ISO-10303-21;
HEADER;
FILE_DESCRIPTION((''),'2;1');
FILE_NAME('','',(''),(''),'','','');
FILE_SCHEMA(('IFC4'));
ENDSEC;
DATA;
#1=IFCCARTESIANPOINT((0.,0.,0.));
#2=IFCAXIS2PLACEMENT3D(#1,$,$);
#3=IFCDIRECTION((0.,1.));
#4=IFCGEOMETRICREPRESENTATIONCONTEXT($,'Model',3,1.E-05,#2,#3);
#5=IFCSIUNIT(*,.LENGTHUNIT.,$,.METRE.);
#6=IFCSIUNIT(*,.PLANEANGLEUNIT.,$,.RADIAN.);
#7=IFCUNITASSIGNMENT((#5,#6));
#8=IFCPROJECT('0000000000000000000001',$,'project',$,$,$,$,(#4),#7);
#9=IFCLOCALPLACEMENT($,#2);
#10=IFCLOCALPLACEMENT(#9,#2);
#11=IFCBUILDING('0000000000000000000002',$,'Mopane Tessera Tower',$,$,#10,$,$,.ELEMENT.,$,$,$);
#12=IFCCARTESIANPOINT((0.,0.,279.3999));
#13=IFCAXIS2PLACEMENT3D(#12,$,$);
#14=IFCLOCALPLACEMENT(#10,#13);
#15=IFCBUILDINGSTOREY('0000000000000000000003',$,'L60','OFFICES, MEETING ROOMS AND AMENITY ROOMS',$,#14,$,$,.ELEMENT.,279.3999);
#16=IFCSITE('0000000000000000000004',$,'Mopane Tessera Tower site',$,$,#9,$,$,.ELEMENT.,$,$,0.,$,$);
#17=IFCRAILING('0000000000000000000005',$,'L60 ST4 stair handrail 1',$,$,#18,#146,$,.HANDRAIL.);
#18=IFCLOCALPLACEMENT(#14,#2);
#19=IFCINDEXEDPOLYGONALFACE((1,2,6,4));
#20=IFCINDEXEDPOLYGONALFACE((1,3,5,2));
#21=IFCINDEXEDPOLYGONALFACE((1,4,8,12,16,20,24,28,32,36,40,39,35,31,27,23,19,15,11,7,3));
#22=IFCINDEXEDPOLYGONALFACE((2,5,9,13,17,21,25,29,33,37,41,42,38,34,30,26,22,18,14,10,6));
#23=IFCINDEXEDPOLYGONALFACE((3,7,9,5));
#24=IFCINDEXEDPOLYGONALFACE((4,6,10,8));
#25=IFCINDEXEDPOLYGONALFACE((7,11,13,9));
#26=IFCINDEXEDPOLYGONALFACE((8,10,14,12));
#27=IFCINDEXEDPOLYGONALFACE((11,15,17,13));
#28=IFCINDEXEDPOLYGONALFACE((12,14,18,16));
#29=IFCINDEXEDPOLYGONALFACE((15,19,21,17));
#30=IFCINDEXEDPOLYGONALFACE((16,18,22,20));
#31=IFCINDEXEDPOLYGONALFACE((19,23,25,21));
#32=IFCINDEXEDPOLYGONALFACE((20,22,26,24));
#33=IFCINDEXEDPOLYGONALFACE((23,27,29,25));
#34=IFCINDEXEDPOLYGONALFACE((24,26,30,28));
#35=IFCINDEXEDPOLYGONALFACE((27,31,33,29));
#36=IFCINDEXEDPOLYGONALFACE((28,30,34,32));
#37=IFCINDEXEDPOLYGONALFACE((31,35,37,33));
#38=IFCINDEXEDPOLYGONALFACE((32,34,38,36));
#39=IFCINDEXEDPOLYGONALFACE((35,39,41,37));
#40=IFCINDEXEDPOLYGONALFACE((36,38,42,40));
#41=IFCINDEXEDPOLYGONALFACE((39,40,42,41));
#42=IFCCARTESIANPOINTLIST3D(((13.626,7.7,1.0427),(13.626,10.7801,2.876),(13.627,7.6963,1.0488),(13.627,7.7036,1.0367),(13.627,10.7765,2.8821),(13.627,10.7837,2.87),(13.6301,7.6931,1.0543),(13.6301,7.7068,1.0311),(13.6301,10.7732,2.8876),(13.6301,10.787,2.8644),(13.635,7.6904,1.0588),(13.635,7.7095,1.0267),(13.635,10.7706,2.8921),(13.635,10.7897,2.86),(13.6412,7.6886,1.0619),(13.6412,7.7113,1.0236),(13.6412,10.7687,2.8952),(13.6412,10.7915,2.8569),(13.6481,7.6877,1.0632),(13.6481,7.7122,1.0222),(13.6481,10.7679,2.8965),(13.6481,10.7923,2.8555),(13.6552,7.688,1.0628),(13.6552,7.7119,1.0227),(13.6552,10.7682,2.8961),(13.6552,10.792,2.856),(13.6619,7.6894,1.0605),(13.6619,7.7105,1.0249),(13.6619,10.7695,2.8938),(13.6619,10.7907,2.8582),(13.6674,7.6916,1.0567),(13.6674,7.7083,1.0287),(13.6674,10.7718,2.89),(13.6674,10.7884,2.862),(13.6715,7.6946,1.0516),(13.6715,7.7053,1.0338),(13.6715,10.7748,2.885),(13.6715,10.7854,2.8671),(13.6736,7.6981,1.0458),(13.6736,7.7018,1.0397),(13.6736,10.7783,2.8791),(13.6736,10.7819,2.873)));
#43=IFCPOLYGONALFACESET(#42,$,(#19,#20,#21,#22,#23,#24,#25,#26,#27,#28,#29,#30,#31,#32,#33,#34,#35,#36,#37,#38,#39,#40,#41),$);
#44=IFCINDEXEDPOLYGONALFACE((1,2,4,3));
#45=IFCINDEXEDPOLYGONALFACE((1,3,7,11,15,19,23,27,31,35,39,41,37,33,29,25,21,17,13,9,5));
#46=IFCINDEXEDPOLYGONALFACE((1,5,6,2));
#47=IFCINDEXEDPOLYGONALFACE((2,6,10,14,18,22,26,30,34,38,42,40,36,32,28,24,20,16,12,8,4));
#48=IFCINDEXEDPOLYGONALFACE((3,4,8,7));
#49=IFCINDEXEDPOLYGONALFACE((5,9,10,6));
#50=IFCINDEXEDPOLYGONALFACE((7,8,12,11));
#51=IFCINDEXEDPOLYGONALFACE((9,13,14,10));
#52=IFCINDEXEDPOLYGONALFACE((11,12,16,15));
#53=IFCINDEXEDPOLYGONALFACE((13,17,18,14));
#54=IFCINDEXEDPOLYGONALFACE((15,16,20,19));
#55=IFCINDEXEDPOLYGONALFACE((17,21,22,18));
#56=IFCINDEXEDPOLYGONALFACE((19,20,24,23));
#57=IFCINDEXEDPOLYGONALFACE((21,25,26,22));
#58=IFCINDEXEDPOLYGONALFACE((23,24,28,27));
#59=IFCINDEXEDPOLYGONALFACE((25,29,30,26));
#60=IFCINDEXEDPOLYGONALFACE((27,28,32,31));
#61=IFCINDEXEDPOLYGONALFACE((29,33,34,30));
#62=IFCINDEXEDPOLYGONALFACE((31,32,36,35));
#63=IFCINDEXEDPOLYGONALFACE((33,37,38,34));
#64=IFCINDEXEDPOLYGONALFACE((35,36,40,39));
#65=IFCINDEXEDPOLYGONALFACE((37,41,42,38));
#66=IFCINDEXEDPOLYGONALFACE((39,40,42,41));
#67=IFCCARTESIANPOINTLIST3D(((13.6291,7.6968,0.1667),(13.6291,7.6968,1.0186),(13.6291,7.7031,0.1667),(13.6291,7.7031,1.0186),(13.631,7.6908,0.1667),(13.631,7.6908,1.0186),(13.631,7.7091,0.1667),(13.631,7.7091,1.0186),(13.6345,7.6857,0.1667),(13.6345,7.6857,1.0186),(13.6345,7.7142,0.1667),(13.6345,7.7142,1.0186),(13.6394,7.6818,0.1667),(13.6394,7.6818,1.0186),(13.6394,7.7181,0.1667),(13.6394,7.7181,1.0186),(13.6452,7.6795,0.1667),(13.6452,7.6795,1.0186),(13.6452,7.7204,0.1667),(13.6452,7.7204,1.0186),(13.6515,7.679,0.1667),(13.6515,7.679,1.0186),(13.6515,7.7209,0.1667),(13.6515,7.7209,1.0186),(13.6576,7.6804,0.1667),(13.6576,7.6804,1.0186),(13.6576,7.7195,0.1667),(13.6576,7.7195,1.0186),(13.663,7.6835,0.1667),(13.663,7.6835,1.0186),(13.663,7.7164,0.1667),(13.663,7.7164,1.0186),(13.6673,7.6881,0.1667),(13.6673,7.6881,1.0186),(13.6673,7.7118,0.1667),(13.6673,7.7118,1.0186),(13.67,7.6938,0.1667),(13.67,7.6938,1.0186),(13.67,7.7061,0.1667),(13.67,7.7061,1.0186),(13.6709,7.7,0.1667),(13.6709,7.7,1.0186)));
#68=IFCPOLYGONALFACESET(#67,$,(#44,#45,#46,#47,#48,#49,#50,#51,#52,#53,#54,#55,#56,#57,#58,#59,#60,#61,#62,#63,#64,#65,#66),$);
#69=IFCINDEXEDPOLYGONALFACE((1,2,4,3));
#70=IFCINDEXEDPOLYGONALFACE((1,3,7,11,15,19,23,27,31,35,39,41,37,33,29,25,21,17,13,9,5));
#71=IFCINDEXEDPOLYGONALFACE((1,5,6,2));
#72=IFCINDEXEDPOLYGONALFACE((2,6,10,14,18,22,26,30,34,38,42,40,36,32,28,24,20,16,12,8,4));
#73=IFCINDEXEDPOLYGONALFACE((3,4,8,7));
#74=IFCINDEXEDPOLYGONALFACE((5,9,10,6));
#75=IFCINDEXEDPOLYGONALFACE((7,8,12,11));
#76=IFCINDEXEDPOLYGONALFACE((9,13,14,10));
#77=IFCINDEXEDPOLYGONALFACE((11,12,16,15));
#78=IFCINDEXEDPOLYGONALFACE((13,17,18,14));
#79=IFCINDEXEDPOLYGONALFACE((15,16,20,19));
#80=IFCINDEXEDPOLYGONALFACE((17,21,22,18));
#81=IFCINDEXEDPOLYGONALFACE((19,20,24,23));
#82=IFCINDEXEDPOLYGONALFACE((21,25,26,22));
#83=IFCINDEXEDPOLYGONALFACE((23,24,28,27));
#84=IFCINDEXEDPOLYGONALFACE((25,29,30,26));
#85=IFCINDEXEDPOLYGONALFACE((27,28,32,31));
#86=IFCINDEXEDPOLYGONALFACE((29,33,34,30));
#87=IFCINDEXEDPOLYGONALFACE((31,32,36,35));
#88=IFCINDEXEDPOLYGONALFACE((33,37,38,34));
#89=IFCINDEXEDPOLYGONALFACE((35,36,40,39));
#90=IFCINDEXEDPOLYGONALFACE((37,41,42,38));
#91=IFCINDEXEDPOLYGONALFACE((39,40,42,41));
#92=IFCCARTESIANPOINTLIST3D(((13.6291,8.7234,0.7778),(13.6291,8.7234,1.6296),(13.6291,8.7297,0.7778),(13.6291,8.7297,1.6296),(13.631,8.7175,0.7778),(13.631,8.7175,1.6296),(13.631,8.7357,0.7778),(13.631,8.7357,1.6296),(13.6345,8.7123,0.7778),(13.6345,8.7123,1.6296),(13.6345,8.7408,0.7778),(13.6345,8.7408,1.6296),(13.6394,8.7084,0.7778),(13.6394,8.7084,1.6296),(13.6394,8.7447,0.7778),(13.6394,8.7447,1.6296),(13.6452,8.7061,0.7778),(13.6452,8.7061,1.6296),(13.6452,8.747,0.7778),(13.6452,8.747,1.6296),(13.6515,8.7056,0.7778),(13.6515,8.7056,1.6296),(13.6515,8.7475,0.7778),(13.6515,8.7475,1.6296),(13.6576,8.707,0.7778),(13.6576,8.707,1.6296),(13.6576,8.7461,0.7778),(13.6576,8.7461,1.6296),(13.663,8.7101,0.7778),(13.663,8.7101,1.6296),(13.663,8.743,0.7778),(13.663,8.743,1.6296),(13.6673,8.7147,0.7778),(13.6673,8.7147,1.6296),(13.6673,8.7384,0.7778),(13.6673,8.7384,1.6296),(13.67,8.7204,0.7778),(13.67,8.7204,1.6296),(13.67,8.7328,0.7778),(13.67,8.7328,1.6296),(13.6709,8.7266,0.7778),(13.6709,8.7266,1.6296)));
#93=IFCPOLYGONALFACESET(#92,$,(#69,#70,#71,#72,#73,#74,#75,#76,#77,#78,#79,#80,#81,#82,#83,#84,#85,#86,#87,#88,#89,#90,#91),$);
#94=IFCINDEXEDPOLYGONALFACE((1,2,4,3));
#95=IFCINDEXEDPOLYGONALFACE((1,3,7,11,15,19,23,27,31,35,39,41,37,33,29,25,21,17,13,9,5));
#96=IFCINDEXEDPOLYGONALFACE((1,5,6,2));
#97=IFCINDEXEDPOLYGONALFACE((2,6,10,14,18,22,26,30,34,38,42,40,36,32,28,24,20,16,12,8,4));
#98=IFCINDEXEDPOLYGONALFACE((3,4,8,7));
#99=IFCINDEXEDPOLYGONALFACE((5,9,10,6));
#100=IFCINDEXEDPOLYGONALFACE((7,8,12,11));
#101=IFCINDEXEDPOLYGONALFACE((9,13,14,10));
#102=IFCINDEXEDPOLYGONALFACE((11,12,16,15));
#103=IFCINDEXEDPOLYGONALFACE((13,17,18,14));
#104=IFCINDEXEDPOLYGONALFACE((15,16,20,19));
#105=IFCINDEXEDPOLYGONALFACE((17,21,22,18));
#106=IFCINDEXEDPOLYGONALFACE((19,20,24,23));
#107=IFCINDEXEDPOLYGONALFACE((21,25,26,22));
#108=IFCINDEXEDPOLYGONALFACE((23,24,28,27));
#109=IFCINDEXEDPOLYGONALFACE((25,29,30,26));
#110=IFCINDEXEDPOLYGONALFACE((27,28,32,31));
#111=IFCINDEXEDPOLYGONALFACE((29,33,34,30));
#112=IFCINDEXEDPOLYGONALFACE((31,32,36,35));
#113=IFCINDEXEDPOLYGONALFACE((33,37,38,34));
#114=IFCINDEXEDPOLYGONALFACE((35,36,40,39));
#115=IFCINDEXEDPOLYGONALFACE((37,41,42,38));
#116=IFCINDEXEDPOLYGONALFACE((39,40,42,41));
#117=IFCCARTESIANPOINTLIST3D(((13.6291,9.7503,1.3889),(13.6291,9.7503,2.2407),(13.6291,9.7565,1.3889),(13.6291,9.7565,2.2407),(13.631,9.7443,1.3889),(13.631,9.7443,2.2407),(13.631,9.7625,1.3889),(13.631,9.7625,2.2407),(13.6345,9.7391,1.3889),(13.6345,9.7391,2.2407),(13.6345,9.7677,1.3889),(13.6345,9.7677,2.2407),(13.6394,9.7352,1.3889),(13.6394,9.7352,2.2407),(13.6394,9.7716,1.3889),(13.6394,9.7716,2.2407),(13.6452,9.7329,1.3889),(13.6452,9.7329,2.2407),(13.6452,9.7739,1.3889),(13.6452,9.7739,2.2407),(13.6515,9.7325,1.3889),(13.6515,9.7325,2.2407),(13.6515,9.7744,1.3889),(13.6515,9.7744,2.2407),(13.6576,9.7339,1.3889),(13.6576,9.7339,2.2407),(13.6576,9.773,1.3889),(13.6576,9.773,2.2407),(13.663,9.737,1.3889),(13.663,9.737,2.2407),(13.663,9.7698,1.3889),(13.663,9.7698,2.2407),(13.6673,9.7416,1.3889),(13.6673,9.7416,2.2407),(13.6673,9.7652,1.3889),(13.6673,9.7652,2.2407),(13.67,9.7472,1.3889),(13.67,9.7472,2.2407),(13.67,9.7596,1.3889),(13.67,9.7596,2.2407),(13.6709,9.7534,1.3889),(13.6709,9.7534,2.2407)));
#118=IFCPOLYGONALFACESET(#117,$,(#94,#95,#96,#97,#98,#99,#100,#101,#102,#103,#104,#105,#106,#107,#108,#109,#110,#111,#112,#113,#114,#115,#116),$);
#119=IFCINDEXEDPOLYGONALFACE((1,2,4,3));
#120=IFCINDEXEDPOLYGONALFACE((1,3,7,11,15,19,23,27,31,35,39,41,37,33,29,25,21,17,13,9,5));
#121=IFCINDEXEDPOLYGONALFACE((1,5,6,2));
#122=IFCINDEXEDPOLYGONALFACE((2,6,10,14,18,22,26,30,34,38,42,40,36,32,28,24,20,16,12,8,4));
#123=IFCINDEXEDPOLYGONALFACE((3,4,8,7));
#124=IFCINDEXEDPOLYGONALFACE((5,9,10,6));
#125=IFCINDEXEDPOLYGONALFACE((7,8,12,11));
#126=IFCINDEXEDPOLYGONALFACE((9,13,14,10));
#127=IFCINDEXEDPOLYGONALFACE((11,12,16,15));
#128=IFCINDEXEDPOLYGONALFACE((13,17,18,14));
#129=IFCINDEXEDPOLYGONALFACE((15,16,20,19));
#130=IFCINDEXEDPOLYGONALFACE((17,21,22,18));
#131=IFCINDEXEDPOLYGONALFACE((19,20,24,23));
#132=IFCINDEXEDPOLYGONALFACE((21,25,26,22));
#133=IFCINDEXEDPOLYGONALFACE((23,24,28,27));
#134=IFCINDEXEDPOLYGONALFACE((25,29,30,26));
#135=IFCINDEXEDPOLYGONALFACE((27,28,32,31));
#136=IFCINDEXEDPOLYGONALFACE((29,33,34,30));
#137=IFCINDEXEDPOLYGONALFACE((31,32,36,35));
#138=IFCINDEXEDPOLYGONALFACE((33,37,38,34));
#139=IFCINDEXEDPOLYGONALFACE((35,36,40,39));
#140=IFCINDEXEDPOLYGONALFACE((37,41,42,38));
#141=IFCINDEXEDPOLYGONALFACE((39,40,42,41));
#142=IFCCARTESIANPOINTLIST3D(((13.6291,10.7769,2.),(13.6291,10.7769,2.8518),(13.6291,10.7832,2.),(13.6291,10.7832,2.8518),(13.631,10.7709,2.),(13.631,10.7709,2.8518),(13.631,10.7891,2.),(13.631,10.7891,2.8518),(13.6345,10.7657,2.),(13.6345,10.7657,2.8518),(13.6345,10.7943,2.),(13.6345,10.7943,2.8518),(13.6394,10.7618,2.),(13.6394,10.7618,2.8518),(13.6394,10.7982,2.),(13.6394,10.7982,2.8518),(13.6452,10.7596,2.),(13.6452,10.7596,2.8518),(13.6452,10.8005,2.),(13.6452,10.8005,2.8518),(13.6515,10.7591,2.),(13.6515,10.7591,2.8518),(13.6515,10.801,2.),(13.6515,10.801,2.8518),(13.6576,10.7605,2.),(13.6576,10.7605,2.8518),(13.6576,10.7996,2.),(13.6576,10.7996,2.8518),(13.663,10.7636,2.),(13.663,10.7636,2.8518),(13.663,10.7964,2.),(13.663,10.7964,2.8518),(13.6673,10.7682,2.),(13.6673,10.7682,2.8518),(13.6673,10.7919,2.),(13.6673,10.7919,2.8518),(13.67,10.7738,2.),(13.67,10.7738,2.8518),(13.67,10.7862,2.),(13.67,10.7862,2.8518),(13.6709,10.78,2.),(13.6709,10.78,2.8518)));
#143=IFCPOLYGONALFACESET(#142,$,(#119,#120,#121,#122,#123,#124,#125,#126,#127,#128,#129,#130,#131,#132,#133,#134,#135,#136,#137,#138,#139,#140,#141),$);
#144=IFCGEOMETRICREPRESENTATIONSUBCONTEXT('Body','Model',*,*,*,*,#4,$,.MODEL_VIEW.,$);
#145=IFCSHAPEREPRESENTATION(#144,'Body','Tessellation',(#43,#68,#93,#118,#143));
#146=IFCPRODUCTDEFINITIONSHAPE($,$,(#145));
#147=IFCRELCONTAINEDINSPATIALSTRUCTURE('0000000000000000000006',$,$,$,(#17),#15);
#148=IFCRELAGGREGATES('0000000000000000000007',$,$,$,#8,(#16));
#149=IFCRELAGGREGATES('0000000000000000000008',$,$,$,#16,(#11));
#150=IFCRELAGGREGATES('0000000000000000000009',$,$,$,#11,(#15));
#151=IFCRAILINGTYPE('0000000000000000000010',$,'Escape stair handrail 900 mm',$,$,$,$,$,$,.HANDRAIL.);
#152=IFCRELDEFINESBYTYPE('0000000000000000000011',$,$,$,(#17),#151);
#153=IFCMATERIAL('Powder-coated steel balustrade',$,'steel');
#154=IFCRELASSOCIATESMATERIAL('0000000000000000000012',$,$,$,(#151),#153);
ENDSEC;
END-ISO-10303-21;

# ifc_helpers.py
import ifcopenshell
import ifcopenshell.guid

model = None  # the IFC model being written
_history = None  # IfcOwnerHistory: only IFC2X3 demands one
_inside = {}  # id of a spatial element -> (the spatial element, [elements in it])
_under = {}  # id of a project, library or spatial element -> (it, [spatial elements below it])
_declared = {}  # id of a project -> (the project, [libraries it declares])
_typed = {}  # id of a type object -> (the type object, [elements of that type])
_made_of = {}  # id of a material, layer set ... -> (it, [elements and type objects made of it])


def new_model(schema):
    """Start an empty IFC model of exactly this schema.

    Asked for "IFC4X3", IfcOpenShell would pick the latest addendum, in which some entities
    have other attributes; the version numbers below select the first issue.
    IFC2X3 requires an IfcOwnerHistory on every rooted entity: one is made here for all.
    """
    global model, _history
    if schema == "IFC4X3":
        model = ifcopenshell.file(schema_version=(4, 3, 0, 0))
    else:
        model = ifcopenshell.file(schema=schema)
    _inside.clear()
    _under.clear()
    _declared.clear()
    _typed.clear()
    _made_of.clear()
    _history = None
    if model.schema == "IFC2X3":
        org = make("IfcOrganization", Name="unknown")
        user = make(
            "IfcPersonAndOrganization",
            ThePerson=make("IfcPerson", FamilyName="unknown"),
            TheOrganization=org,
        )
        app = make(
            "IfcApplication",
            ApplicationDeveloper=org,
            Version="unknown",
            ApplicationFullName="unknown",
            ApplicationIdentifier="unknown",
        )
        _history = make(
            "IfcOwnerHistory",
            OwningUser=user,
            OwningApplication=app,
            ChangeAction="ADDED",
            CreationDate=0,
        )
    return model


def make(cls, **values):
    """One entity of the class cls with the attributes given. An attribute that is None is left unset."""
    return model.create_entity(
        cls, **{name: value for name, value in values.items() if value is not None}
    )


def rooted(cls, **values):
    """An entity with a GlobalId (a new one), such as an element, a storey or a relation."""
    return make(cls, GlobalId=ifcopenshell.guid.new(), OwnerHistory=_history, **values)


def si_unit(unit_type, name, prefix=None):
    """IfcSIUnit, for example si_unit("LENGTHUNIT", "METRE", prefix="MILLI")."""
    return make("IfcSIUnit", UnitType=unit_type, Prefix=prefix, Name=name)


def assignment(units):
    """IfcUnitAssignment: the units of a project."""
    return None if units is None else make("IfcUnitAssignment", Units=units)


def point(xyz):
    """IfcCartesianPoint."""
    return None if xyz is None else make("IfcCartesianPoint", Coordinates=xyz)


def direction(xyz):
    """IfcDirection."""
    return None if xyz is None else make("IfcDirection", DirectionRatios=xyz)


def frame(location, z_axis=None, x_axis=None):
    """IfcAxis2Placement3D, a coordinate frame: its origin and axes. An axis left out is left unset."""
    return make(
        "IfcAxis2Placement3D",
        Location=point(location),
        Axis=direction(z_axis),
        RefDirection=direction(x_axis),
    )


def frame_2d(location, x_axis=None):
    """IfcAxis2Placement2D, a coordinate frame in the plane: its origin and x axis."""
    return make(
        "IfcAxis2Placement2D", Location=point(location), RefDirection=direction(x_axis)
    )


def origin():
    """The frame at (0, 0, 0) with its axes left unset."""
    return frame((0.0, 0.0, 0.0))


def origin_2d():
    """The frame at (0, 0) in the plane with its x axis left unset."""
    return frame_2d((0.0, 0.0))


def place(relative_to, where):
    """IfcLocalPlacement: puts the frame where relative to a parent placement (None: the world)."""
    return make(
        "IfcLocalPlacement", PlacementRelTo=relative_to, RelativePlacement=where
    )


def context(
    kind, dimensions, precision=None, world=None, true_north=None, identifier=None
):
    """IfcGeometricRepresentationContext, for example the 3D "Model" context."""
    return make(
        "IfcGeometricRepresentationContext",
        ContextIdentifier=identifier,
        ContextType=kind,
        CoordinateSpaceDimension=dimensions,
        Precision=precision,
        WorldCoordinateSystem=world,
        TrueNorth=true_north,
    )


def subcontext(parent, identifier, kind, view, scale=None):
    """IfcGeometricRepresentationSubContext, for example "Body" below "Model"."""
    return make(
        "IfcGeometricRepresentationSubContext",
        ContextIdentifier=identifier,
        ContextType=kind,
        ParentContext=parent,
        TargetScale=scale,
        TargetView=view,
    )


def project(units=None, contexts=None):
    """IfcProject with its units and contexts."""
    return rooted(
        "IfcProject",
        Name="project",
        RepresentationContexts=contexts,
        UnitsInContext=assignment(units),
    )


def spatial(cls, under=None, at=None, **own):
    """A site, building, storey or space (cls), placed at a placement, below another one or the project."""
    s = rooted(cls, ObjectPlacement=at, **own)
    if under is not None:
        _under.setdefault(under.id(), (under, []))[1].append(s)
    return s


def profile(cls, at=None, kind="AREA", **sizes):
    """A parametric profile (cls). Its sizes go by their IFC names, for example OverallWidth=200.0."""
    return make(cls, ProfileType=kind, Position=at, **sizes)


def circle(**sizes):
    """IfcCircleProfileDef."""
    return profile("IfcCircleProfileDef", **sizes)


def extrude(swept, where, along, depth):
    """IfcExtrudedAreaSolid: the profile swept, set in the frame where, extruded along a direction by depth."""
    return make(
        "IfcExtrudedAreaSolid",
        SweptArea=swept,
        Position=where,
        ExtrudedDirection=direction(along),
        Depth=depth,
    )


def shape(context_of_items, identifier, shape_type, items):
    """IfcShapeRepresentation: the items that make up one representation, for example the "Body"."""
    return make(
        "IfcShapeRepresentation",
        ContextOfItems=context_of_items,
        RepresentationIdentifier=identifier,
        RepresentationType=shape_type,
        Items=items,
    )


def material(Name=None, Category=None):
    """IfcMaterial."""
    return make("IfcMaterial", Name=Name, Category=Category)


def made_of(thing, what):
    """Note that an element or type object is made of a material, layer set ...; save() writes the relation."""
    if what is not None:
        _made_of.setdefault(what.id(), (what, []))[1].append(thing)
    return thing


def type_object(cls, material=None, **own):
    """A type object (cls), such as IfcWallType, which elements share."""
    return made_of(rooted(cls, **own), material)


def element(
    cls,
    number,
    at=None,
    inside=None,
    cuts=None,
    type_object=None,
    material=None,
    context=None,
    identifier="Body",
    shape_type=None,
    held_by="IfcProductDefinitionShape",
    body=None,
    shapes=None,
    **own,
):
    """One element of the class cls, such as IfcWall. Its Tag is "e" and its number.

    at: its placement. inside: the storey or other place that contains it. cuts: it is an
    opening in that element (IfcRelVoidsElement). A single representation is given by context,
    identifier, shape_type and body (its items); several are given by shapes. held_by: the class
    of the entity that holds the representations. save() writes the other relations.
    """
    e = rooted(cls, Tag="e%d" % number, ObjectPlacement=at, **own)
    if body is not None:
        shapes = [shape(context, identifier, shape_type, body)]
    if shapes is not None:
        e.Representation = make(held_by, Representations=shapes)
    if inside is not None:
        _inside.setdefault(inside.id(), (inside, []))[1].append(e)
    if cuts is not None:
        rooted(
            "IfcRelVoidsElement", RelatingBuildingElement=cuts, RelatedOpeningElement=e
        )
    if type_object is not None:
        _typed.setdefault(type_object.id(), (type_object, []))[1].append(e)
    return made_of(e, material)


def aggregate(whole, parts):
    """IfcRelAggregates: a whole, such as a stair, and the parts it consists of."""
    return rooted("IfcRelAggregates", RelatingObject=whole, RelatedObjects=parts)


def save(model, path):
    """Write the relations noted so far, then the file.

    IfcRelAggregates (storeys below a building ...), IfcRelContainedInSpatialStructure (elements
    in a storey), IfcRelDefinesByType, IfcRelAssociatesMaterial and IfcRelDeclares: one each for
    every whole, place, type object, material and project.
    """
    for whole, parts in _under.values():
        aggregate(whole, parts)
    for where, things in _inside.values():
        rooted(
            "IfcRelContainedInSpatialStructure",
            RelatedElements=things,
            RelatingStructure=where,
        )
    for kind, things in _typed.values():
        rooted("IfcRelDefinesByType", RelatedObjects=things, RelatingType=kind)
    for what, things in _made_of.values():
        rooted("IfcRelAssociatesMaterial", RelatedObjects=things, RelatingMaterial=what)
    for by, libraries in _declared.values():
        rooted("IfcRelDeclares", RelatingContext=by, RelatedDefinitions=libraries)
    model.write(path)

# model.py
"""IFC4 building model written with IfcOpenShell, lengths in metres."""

from ifc_helpers import new_model, si_unit, direction, frame, origin, origin_2d, place, context, subcontext, project, spatial, circle, extrude, material, type_object, element, save


model = new_model("IFC4")

# Units and contexts
model_context = context("Model", 3, precision=1e-05, world=origin(), true_north=direction((0.0, 1.0)))
body_context = subcontext(model_context, "Body", "Model", "MODEL_VIEW")
ifc_project = project(units=[si_unit("LENGTHUNIT", "METRE"), si_unit("PLANEANGLEUNIT", "RADIAN")], contexts=[model_context])

# Site, building, storey
site_placement = place(None, origin())
site = spatial("IfcSite", under=ifc_project, at=site_placement, Name="Mopane Tessera Tower site", CompositionType="ELEMENT", RefElevation=0.0)
building_placement = place(site_placement, origin())
building = spatial("IfcBuilding", under=site, at=building_placement, Name="Mopane Tessera Tower", CompositionType="ELEMENT")
storey_placement = place(building_placement, frame((0.0, 0.0, 279.3999)))
storey = spatial("IfcBuildingStorey", under=building, at=storey_placement, Name="L60", Description="OFFICES, MEETING ROOMS AND AMENITY ROOMS", CompositionType="ELEMENT", Elevation=279.3999)

# Railing
ifc_material_1 = material(Name="Powder-coated steel balustrade", Category="steel")
railing_type_1 = type_object("IfcRailingType", Name="Escape stair handrail 900 mm", PredefinedType="HANDRAIL", material=ifc_material_1)
railing_1_placement = place(storey_placement, frame((13.6499, 7.7, 0.1667)))
element("IfcRailing", 1, at=railing_1_placement, inside=storey, type_object=railing_type_1, Name="L60 ST4 stair handrail 1", PredefinedType="HANDRAIL", context=body_context, shape_type="SweptSolid", body=[
    extrude(circle(Radius=0.0239, at=origin_2d()), frame((0.0, 0.0, 0.876), z_axis=(0.0, 0.859309, 0.511458), x_axis=(-1.0, 0.0, 0.0)), (0.0, 0.0, 1.0), 3.5845),
    extrude(circle(Radius=0.021, at=origin_2d()), origin(), (0.0, 0.0, 1.0), 0.8518),
    extrude(circle(Radius=0.021, at=origin_2d()), frame((0.0, 1.0266, 0.6111)), (0.0, 0.0, 1.0), 0.8518),
    extrude(circle(Radius=0.021, at=origin_2d()), frame((0.0, 2.0535, 1.2222)), (0.0, 0.0, 1.0), 0.8518),
    extrude(circle(Radius=0.021, at=origin_2d()), frame((0.0, 3.0801, 1.8333)), (0.0, 0.0, 1.0), 0.8518),
])

save(model, "model.ifc")
